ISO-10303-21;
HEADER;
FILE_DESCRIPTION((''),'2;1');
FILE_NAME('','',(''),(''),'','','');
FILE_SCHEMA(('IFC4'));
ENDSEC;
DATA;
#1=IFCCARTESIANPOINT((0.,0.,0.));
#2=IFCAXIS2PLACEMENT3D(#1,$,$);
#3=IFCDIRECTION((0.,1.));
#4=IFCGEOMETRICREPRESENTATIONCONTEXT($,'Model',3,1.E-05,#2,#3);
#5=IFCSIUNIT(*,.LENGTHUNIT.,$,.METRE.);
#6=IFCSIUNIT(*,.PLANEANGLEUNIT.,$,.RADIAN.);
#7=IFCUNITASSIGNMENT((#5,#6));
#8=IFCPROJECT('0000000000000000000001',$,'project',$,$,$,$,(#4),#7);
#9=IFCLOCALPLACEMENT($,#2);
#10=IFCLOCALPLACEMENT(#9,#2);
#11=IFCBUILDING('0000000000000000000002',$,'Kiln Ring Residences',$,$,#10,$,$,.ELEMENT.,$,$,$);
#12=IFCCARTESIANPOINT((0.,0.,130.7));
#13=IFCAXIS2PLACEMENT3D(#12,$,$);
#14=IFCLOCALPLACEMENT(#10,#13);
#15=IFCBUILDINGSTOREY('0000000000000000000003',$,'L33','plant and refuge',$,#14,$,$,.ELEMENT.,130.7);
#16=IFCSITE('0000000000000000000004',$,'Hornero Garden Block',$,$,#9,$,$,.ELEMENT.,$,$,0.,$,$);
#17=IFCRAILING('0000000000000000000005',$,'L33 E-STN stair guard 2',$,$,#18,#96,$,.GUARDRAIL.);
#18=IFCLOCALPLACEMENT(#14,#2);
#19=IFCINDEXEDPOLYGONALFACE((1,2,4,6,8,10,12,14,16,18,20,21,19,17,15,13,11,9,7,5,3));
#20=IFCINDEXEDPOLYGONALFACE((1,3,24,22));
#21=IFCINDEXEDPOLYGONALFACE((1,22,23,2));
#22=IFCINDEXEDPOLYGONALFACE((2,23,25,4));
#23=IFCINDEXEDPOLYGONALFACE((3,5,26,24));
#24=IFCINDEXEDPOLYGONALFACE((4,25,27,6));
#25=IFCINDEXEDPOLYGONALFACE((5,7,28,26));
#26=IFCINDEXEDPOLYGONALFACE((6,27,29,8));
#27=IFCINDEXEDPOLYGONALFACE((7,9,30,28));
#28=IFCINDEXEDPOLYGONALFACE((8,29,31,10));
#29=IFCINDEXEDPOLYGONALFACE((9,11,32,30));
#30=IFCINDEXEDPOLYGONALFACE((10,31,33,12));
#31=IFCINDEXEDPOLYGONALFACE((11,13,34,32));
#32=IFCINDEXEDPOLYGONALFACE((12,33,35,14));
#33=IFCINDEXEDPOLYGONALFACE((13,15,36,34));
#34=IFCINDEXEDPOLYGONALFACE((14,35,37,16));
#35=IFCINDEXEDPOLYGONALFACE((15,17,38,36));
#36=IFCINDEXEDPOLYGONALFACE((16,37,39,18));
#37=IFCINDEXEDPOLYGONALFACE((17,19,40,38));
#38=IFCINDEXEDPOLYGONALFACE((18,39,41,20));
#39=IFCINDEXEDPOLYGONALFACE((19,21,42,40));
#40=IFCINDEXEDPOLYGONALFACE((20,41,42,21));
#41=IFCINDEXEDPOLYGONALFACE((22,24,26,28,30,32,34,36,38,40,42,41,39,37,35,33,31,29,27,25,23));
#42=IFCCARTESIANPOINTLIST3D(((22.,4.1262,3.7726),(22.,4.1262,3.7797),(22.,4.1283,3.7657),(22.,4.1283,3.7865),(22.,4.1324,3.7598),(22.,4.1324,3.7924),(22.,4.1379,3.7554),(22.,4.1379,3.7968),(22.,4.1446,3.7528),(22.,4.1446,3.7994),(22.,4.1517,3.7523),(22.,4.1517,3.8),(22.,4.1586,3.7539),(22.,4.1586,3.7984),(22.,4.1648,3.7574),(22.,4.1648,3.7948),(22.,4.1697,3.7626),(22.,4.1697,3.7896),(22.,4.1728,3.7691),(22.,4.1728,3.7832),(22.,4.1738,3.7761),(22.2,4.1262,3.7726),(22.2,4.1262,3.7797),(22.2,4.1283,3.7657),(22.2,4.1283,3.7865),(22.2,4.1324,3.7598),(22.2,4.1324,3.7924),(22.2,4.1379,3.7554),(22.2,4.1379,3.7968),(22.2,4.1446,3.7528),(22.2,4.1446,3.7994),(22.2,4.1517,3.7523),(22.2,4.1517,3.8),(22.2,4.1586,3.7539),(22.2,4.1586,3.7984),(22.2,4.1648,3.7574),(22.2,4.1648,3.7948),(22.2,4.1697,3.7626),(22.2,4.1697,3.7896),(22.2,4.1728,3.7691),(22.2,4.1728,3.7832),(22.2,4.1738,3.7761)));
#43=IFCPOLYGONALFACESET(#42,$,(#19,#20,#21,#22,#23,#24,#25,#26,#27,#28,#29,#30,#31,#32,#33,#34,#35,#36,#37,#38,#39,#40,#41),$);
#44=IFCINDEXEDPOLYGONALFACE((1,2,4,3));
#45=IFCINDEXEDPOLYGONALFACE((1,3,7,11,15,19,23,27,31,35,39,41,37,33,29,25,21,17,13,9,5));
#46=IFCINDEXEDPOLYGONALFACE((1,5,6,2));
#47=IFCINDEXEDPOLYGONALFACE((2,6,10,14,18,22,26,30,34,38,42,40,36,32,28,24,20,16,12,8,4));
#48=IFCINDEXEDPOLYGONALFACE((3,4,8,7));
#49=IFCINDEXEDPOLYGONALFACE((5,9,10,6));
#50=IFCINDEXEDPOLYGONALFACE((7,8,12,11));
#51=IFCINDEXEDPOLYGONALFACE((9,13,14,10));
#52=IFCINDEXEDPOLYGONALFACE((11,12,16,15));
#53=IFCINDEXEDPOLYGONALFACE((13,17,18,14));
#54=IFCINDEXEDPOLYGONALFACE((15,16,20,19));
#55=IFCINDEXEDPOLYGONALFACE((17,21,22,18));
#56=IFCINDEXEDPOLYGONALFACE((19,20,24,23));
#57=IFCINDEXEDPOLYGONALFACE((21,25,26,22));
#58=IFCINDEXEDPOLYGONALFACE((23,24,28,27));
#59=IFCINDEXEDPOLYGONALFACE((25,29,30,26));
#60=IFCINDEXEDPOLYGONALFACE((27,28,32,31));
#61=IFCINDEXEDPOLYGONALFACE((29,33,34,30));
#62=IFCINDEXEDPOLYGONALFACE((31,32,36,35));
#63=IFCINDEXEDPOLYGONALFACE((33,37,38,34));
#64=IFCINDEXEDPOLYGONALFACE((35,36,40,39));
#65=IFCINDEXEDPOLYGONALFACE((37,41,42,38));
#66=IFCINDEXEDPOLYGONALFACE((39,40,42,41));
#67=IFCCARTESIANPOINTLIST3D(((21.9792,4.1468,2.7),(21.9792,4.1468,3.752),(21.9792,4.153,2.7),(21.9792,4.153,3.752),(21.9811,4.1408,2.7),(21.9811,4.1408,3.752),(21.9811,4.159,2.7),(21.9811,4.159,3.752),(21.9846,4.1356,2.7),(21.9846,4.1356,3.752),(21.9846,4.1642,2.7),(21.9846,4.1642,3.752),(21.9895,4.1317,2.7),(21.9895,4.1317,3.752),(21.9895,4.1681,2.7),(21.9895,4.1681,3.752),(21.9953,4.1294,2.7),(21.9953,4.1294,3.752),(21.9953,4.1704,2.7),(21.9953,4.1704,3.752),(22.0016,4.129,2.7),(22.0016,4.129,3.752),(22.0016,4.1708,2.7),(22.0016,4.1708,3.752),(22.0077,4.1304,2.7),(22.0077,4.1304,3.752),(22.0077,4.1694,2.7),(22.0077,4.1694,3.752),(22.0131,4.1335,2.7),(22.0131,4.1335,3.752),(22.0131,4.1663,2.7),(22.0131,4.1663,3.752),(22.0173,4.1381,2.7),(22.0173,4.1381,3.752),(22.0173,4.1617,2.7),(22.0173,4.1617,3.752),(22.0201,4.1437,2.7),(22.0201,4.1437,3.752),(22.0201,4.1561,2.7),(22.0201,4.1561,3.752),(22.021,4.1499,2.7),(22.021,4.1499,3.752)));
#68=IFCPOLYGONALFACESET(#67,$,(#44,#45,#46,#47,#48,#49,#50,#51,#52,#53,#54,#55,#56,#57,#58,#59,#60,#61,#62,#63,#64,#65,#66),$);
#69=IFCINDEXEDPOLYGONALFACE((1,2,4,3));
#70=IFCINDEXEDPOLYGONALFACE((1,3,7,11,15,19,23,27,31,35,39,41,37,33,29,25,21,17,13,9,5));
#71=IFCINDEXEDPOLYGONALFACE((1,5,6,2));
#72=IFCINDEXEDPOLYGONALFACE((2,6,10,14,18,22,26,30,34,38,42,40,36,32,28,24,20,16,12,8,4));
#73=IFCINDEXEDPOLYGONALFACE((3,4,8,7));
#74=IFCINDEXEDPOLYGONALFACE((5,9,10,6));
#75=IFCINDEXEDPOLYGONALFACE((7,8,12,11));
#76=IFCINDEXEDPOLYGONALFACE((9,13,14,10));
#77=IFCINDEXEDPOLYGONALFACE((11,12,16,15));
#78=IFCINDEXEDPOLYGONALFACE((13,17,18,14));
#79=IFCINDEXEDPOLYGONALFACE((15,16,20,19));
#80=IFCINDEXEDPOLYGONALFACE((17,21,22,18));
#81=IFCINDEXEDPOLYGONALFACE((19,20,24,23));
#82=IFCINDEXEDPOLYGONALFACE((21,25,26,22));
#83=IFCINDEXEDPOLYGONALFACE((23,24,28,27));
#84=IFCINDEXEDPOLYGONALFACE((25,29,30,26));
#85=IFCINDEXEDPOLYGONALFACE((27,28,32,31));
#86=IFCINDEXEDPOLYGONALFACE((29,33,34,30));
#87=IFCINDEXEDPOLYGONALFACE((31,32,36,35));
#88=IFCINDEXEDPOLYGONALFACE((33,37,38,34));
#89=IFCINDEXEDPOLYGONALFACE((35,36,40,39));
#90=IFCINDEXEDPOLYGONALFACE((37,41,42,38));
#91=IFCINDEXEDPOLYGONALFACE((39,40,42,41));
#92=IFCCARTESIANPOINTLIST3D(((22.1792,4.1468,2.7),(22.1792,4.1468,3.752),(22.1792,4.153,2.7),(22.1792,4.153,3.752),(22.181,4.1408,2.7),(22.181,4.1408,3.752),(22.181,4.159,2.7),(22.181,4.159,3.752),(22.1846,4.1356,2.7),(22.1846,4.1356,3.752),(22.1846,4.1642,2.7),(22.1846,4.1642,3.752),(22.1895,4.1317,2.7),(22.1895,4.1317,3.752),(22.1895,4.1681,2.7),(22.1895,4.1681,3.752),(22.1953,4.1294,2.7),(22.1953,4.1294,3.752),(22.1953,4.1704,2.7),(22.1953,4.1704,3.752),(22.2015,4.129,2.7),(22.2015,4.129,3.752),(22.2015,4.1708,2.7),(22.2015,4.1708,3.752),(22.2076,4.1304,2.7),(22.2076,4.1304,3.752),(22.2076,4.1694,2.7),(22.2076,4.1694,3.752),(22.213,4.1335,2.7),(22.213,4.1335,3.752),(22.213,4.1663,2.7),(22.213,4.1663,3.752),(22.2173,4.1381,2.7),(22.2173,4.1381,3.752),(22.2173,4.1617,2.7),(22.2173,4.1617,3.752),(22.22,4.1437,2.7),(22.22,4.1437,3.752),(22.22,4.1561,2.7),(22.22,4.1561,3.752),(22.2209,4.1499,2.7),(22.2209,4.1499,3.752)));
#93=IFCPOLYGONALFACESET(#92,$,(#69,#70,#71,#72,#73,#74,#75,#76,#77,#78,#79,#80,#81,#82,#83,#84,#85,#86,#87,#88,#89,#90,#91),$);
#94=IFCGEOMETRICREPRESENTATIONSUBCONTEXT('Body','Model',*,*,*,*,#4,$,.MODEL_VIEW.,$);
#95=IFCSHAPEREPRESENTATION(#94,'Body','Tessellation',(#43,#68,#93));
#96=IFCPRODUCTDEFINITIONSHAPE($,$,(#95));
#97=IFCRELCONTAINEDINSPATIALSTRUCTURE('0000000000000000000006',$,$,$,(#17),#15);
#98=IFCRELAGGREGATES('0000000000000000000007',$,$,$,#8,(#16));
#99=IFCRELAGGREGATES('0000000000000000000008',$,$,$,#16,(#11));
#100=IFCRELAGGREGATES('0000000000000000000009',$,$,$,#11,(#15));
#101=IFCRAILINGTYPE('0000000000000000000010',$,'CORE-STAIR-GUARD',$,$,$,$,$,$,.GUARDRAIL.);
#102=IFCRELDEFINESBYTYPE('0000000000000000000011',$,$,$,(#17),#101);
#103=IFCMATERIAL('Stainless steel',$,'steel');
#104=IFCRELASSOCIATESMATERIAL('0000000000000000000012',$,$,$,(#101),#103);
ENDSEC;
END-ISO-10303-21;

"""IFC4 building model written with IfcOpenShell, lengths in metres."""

from ifc_helpers import new_model, si_unit, direction, frame, origin, origin_2d, place, context, subcontext, project, spatial, circle, extrude, material, type_object, element, save


model = new_model("IFC4")

# Units and contexts
model_context = context("Model", 3, precision=1e-05, world=origin(), true_north=direction((0.0, 1.0)))
body_context = subcontext(model_context, "Body", "Model", "MODEL_VIEW")
ifc_project = project(units=[si_unit("LENGTHUNIT", "METRE"), si_unit("PLANEANGLEUNIT", "RADIAN")], contexts=[model_context])

# Site, building, storey
site_placement = place(None, origin())
site = spatial("IfcSite", under=ifc_project, at=site_placement, Name="Hornero Garden Block", CompositionType="ELEMENT", RefElevation=0.0)
building_placement = place(site_placement, origin())
building = spatial("IfcBuilding", under=site, at=building_placement, Name="Kiln Ring Residences", CompositionType="ELEMENT")
storey_placement = place(building_placement, frame((0.0, 0.0, 130.7)))
storey = spatial("IfcBuildingStorey", under=building, at=storey_placement, Name="L33", Description="plant and refuge", CompositionType="ELEMENT", Elevation=130.7)

# Railing
ifc_material_1 = material(Name="Stainless steel", Category="steel")
railing_type_1 = type_object("IfcRailingType", Name="CORE-STAIR-GUARD", PredefinedType="GUARDRAIL", material=ifc_material_1)
railing_1_placement = place(storey_placement, frame((22.0, 4.1499, 2.7)))
element("IfcRailing", 1, at=railing_1_placement, inside=storey, type_object=railing_type_1, Name="L33 E-STN stair guard 2", PredefinedType="GUARDRAIL", context=body_context, shape_type="SweptSolid", body=[
    extrude(circle(Radius=0.0239, at=origin_2d()), frame((0.0, 0.0, 1.0762), z_axis=(1.0, 0.0, 0.0), x_axis=(0.0, 1.0, 0.0)), (0.0, 0.0, 1.0), 0.2),
    extrude(circle(Radius=0.021, at=origin_2d()), origin(), (0.0, 0.0, 1.0), 1.052),
    extrude(circle(Radius=0.021, at=origin_2d()), frame((0.2, 0.0, 0.0)), (0.0, 0.0, 1.0), 1.052),
])

save(model, "model.ifc")
